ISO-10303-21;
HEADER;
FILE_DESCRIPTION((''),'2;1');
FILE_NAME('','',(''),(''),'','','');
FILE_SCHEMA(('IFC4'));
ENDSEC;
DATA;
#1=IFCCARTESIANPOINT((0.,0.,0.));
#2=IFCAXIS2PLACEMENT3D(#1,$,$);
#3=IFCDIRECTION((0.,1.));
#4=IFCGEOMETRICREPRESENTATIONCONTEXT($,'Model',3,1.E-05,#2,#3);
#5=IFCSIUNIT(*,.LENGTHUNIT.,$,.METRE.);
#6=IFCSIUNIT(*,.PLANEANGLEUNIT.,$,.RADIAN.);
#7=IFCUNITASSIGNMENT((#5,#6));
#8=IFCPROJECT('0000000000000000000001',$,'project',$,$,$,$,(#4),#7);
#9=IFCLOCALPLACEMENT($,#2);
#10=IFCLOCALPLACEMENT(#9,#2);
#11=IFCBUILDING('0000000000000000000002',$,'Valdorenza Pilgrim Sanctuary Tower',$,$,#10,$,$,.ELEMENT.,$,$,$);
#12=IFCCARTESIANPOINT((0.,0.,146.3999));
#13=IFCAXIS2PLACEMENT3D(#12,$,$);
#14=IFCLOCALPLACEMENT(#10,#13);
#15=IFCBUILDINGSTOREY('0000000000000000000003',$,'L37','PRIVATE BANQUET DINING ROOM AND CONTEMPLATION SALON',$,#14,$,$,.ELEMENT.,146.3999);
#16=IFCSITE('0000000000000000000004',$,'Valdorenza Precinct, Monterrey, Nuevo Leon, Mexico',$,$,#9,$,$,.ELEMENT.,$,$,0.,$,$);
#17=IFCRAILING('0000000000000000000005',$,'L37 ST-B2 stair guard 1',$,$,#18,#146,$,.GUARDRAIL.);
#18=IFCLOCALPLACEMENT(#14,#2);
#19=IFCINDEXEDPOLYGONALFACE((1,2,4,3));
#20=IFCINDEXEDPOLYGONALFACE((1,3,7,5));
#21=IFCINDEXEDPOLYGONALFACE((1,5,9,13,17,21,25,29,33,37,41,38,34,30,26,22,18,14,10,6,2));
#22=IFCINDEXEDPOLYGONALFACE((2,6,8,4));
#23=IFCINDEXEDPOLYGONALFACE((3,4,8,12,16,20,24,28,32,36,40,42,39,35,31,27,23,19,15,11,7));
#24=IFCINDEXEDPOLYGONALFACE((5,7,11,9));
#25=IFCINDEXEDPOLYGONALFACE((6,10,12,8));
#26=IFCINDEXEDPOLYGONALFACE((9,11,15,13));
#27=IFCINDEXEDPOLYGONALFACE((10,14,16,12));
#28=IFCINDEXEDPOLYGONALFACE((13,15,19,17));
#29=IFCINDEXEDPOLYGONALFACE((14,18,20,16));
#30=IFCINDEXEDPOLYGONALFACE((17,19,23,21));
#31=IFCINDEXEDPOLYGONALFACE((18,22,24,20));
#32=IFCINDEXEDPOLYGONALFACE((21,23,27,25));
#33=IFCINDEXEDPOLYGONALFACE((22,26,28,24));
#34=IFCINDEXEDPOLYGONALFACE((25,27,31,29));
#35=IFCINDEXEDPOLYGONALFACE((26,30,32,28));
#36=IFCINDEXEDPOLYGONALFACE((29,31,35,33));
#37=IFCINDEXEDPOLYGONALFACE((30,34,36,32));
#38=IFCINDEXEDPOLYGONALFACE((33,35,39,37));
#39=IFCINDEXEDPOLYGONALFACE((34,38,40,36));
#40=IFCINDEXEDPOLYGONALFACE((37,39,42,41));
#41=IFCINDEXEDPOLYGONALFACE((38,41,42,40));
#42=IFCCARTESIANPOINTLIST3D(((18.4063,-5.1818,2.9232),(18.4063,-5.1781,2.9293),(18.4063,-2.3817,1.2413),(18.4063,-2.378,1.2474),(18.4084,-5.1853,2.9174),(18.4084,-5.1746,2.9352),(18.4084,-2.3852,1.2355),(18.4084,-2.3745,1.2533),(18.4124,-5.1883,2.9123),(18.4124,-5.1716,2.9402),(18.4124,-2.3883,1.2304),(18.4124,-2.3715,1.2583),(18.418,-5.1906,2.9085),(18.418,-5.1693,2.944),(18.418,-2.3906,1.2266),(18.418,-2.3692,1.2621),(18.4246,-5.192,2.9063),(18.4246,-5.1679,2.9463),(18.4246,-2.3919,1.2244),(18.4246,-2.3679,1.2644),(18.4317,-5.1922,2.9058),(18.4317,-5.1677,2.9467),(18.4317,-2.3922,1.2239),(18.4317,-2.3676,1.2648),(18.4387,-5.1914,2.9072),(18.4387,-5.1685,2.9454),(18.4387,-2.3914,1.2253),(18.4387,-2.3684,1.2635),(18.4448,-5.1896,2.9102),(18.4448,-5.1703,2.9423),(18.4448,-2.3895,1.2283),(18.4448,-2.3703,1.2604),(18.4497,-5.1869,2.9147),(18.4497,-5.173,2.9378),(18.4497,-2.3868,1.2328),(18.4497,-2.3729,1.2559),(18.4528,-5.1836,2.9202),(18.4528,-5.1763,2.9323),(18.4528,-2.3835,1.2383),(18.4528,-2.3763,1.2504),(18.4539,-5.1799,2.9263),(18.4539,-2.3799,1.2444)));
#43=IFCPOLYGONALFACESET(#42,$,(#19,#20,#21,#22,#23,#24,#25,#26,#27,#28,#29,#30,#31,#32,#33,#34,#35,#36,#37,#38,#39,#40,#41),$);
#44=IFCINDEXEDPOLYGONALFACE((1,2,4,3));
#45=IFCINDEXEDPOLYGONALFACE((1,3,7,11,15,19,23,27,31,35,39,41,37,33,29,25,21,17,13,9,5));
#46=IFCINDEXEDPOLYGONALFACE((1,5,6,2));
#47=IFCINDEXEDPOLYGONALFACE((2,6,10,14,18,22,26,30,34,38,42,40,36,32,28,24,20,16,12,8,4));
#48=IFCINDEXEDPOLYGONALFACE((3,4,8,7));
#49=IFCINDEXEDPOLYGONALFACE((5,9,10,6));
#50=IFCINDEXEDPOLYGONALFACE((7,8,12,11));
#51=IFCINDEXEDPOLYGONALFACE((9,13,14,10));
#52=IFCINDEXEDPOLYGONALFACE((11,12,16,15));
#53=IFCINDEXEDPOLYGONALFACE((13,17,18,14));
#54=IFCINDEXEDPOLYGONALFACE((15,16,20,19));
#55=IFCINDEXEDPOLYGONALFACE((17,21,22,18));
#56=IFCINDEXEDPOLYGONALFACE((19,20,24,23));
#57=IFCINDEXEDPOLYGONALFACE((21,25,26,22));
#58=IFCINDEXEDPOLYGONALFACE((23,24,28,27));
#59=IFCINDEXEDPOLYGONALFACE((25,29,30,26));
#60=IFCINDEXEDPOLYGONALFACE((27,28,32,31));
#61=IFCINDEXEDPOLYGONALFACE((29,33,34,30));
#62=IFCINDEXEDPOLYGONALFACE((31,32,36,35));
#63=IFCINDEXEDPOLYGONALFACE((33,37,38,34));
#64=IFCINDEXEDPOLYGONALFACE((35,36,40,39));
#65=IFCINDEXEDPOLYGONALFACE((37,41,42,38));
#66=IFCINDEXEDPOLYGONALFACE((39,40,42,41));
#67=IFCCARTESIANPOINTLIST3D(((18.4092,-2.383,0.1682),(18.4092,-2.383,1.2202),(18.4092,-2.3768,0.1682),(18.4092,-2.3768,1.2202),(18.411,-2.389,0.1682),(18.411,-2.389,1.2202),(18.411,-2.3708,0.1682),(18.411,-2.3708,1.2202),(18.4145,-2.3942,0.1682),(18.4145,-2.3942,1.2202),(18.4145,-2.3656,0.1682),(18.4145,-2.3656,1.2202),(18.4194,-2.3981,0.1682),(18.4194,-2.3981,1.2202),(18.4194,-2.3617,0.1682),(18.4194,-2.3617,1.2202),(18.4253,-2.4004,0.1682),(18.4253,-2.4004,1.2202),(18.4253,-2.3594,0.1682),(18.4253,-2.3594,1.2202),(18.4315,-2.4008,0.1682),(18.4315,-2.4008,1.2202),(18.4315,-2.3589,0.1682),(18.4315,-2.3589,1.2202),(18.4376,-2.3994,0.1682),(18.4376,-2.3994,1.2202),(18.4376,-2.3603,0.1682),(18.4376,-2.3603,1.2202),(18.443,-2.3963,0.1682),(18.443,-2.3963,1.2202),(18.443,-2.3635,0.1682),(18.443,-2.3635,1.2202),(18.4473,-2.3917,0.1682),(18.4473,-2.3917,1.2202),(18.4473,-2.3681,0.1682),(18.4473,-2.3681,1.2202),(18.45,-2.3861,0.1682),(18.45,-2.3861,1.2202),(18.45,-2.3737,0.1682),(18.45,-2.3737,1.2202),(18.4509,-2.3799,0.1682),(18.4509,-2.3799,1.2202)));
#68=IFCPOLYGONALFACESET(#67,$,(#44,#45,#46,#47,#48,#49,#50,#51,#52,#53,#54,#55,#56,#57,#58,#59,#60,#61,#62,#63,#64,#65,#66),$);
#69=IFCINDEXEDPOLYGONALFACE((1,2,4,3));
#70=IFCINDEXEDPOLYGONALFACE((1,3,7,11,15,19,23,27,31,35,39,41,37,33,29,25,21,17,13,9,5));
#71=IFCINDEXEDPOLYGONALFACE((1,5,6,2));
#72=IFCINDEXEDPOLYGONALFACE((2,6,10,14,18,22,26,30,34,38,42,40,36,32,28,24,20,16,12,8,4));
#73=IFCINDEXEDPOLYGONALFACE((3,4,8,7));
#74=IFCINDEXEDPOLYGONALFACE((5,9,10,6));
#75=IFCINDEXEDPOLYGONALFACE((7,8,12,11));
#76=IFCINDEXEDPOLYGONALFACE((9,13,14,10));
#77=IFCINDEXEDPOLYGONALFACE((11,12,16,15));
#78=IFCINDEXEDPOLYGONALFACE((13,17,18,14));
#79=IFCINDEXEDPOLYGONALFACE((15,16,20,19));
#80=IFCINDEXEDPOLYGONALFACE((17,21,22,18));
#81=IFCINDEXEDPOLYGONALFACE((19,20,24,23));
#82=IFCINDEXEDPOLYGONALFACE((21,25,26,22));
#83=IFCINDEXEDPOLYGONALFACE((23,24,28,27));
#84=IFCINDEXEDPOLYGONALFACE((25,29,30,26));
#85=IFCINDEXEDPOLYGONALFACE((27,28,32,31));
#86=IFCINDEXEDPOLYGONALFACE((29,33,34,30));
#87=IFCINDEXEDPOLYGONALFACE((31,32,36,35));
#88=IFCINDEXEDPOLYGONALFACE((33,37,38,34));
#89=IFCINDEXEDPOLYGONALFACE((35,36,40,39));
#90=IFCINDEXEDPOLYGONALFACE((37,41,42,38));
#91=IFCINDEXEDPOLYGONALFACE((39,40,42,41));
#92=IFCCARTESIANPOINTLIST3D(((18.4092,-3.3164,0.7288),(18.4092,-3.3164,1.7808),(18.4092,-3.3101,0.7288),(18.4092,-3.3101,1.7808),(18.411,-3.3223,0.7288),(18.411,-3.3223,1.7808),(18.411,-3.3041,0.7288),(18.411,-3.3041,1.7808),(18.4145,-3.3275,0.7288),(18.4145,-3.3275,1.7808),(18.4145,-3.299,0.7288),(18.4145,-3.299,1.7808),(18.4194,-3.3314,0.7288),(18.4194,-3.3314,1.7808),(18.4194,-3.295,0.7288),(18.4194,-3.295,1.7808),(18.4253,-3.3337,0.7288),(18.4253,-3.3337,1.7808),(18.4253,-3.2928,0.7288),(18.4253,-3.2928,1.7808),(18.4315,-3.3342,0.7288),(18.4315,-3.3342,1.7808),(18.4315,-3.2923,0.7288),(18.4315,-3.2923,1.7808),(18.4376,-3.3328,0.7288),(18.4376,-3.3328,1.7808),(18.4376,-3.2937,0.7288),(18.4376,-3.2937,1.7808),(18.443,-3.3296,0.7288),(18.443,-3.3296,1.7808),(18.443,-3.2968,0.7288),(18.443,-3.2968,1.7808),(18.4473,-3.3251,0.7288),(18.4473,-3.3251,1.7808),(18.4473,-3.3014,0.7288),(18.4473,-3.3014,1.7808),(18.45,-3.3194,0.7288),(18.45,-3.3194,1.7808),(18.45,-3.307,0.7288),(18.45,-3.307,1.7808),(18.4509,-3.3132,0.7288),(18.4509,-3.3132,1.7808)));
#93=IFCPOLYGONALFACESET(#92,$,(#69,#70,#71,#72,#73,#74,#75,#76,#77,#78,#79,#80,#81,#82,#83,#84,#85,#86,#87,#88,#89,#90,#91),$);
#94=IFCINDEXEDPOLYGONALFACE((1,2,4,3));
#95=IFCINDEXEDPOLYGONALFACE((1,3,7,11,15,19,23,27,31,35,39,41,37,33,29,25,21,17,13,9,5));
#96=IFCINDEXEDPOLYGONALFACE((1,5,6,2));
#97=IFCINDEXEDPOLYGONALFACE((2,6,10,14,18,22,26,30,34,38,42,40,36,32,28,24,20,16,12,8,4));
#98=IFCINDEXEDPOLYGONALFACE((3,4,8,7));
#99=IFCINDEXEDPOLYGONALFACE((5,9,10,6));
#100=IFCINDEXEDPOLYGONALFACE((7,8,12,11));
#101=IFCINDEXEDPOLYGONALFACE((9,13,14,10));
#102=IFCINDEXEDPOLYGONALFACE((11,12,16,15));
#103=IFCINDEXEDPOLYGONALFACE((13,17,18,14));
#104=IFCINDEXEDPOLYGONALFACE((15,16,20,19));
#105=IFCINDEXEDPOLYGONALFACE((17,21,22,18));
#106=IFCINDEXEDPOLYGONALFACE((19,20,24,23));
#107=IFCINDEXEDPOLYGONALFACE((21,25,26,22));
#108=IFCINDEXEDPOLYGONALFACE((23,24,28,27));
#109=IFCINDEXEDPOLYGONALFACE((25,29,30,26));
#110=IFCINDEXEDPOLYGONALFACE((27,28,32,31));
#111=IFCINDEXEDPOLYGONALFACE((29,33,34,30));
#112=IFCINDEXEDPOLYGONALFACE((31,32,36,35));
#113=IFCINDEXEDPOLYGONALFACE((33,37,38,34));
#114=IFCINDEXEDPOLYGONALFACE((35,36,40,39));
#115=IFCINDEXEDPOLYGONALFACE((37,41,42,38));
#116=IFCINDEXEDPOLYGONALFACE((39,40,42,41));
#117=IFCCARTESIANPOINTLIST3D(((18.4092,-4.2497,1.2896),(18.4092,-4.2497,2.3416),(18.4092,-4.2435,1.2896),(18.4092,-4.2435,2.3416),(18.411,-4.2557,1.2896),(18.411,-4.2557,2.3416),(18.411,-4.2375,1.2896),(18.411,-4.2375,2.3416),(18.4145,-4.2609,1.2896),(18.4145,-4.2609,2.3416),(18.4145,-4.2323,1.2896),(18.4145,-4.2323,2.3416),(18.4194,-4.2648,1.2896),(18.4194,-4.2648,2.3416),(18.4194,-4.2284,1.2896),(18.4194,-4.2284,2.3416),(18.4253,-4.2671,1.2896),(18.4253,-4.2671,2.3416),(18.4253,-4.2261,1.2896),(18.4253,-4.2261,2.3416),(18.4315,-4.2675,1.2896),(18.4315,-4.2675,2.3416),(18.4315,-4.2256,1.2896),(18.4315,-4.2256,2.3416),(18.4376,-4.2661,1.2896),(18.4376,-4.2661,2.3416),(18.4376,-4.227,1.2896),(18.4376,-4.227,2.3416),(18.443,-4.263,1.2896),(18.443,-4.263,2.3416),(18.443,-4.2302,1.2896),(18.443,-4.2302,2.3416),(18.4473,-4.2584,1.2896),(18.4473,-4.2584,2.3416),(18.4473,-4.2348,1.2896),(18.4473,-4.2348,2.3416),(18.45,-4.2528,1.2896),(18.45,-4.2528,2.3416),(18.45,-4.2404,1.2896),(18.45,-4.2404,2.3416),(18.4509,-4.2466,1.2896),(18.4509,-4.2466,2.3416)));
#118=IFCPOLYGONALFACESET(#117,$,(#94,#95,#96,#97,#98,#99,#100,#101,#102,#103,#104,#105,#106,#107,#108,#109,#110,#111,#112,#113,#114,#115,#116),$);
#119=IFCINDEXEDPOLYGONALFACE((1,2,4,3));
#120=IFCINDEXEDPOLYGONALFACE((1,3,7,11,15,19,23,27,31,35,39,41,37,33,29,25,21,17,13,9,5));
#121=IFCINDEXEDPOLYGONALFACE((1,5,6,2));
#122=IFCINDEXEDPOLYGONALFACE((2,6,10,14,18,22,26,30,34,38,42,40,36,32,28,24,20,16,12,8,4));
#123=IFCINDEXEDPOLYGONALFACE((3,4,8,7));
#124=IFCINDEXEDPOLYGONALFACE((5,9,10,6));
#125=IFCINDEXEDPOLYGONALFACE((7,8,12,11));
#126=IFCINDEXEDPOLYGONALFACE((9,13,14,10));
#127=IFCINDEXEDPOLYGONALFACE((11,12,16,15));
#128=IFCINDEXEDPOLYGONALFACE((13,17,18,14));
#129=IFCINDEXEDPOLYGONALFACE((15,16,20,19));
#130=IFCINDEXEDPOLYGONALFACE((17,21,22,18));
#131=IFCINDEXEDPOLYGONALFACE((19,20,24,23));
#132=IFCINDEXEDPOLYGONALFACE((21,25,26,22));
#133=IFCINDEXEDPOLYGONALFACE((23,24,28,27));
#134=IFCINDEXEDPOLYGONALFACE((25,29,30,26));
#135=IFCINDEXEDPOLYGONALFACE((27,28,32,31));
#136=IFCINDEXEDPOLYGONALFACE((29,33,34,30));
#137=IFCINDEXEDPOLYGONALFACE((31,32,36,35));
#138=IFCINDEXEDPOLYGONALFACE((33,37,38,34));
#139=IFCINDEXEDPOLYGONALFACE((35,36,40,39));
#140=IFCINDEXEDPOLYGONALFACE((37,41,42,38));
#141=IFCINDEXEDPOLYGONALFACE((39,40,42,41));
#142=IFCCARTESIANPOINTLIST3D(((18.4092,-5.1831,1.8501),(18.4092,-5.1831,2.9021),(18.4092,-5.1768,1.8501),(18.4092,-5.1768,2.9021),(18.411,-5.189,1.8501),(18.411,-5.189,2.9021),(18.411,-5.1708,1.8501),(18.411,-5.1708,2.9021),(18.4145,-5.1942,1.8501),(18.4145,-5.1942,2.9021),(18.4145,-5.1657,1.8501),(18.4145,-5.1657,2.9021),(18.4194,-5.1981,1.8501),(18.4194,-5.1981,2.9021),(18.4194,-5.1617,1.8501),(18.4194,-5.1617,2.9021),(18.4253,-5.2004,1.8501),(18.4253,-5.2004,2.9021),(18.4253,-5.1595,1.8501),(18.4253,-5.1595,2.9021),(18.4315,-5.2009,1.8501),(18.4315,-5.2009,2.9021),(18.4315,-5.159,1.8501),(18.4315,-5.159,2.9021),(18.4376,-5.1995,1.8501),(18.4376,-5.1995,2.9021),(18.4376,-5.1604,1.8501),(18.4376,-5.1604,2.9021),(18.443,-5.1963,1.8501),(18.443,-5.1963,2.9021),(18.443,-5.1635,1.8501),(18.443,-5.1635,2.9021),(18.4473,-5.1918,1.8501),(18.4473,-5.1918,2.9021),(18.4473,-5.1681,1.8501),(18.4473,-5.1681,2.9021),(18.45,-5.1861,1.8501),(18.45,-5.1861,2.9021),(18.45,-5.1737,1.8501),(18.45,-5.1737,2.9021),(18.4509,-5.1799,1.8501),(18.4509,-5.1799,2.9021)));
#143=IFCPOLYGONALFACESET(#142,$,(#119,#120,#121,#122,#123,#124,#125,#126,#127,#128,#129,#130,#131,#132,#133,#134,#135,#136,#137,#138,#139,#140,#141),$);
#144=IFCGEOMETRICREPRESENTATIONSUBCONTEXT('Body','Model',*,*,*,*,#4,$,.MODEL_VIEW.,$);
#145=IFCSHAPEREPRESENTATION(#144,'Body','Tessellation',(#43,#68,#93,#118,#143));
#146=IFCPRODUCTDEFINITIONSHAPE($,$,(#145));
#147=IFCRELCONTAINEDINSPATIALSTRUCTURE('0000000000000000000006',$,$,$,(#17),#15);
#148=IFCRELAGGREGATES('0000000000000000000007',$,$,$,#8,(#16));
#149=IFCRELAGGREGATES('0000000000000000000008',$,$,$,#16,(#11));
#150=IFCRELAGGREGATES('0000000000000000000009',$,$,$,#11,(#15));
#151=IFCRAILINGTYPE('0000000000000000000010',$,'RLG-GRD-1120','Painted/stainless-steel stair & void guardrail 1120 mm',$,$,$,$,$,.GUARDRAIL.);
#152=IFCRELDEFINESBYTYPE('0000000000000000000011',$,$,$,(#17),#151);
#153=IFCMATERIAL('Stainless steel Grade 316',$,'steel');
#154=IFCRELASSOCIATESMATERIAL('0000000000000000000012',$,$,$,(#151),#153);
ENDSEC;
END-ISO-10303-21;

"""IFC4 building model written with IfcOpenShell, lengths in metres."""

from ifc_helpers import new_model, si_unit, direction, frame, origin, origin_2d, place, context, subcontext, project, spatial, circle, extrude, material, type_object, element, save


model = new_model("IFC4")

# Units and contexts
model_context = context("Model", 3, precision=1e-05, world=origin(), true_north=direction((0.0, 1.0)))
body_context = subcontext(model_context, "Body", "Model", "MODEL_VIEW")
ifc_project = project(units=[si_unit("LENGTHUNIT", "METRE"), si_unit("PLANEANGLEUNIT", "RADIAN")], contexts=[model_context])

# Site, building, storey
site_placement = place(None, origin())
site = spatial("IfcSite", under=ifc_project, at=site_placement, Name="Valdorenza Precinct, Monterrey, Nuevo Leon, Mexico", CompositionType="ELEMENT", RefElevation=0.0)
building_placement = place(site_placement, origin())
building = spatial("IfcBuilding", under=site, at=building_placement, Name="Valdorenza Pilgrim Sanctuary Tower", CompositionType="ELEMENT")
storey_placement = place(building_placement, frame((0.0, 0.0, 146.3999)))
storey = spatial("IfcBuildingStorey", under=building, at=storey_placement, Name="L37", Description="PRIVATE BANQUET DINING ROOM AND CONTEMPLATION SALON", CompositionType="ELEMENT", Elevation=146.3999)

# Railing
ifc_material_1 = material(Name="Stainless steel Grade 316", Category="steel")
railing_type_1 = type_object("IfcRailingType", Name="RLG-GRD-1120", Description="Painted/stainless-steel stair & void guardrail 1120 mm", PredefinedType="GUARDRAIL", material=ifc_material_1)
railing_1_placement = place(storey_placement, frame((18.4299, -2.3799, 0.1682)))
element("IfcRailing", 1, at=railing_1_placement, inside=storey, type_object=railing_type_1, Name="L37 ST-B2 stair guard 1", PredefinedType="GUARDRAIL", context=body_context, shape_type="SweptSolid", body=[
    extrude(circle(Radius=0.0239, at=origin_2d()), frame((0.0, 0.0, 1.0762), z_axis=(0.0, -0.857242, 0.514913), x_axis=(1.0, 0.0, 0.0)), (0.0, 0.0, 1.0), 3.2664),
    extrude(circle(Radius=0.021, at=origin_2d()), origin(), (0.0, 0.0, 1.0), 1.052),
    extrude(circle(Radius=0.021, at=origin_2d()), frame((0.0, -0.9333, 0.5605)), (0.0, 0.0, 1.0), 1.052),
    extrude(circle(Radius=0.021, at=origin_2d()), frame((0.0, -1.8667, 1.1213)), (0.0, 0.0, 1.0), 1.052),
    extrude(circle(Radius=0.021, at=origin_2d()), frame((0.0, -2.8, 1.6819)), (0.0, 0.0, 1.0), 1.052),
])

save(model, "model.ifc")
